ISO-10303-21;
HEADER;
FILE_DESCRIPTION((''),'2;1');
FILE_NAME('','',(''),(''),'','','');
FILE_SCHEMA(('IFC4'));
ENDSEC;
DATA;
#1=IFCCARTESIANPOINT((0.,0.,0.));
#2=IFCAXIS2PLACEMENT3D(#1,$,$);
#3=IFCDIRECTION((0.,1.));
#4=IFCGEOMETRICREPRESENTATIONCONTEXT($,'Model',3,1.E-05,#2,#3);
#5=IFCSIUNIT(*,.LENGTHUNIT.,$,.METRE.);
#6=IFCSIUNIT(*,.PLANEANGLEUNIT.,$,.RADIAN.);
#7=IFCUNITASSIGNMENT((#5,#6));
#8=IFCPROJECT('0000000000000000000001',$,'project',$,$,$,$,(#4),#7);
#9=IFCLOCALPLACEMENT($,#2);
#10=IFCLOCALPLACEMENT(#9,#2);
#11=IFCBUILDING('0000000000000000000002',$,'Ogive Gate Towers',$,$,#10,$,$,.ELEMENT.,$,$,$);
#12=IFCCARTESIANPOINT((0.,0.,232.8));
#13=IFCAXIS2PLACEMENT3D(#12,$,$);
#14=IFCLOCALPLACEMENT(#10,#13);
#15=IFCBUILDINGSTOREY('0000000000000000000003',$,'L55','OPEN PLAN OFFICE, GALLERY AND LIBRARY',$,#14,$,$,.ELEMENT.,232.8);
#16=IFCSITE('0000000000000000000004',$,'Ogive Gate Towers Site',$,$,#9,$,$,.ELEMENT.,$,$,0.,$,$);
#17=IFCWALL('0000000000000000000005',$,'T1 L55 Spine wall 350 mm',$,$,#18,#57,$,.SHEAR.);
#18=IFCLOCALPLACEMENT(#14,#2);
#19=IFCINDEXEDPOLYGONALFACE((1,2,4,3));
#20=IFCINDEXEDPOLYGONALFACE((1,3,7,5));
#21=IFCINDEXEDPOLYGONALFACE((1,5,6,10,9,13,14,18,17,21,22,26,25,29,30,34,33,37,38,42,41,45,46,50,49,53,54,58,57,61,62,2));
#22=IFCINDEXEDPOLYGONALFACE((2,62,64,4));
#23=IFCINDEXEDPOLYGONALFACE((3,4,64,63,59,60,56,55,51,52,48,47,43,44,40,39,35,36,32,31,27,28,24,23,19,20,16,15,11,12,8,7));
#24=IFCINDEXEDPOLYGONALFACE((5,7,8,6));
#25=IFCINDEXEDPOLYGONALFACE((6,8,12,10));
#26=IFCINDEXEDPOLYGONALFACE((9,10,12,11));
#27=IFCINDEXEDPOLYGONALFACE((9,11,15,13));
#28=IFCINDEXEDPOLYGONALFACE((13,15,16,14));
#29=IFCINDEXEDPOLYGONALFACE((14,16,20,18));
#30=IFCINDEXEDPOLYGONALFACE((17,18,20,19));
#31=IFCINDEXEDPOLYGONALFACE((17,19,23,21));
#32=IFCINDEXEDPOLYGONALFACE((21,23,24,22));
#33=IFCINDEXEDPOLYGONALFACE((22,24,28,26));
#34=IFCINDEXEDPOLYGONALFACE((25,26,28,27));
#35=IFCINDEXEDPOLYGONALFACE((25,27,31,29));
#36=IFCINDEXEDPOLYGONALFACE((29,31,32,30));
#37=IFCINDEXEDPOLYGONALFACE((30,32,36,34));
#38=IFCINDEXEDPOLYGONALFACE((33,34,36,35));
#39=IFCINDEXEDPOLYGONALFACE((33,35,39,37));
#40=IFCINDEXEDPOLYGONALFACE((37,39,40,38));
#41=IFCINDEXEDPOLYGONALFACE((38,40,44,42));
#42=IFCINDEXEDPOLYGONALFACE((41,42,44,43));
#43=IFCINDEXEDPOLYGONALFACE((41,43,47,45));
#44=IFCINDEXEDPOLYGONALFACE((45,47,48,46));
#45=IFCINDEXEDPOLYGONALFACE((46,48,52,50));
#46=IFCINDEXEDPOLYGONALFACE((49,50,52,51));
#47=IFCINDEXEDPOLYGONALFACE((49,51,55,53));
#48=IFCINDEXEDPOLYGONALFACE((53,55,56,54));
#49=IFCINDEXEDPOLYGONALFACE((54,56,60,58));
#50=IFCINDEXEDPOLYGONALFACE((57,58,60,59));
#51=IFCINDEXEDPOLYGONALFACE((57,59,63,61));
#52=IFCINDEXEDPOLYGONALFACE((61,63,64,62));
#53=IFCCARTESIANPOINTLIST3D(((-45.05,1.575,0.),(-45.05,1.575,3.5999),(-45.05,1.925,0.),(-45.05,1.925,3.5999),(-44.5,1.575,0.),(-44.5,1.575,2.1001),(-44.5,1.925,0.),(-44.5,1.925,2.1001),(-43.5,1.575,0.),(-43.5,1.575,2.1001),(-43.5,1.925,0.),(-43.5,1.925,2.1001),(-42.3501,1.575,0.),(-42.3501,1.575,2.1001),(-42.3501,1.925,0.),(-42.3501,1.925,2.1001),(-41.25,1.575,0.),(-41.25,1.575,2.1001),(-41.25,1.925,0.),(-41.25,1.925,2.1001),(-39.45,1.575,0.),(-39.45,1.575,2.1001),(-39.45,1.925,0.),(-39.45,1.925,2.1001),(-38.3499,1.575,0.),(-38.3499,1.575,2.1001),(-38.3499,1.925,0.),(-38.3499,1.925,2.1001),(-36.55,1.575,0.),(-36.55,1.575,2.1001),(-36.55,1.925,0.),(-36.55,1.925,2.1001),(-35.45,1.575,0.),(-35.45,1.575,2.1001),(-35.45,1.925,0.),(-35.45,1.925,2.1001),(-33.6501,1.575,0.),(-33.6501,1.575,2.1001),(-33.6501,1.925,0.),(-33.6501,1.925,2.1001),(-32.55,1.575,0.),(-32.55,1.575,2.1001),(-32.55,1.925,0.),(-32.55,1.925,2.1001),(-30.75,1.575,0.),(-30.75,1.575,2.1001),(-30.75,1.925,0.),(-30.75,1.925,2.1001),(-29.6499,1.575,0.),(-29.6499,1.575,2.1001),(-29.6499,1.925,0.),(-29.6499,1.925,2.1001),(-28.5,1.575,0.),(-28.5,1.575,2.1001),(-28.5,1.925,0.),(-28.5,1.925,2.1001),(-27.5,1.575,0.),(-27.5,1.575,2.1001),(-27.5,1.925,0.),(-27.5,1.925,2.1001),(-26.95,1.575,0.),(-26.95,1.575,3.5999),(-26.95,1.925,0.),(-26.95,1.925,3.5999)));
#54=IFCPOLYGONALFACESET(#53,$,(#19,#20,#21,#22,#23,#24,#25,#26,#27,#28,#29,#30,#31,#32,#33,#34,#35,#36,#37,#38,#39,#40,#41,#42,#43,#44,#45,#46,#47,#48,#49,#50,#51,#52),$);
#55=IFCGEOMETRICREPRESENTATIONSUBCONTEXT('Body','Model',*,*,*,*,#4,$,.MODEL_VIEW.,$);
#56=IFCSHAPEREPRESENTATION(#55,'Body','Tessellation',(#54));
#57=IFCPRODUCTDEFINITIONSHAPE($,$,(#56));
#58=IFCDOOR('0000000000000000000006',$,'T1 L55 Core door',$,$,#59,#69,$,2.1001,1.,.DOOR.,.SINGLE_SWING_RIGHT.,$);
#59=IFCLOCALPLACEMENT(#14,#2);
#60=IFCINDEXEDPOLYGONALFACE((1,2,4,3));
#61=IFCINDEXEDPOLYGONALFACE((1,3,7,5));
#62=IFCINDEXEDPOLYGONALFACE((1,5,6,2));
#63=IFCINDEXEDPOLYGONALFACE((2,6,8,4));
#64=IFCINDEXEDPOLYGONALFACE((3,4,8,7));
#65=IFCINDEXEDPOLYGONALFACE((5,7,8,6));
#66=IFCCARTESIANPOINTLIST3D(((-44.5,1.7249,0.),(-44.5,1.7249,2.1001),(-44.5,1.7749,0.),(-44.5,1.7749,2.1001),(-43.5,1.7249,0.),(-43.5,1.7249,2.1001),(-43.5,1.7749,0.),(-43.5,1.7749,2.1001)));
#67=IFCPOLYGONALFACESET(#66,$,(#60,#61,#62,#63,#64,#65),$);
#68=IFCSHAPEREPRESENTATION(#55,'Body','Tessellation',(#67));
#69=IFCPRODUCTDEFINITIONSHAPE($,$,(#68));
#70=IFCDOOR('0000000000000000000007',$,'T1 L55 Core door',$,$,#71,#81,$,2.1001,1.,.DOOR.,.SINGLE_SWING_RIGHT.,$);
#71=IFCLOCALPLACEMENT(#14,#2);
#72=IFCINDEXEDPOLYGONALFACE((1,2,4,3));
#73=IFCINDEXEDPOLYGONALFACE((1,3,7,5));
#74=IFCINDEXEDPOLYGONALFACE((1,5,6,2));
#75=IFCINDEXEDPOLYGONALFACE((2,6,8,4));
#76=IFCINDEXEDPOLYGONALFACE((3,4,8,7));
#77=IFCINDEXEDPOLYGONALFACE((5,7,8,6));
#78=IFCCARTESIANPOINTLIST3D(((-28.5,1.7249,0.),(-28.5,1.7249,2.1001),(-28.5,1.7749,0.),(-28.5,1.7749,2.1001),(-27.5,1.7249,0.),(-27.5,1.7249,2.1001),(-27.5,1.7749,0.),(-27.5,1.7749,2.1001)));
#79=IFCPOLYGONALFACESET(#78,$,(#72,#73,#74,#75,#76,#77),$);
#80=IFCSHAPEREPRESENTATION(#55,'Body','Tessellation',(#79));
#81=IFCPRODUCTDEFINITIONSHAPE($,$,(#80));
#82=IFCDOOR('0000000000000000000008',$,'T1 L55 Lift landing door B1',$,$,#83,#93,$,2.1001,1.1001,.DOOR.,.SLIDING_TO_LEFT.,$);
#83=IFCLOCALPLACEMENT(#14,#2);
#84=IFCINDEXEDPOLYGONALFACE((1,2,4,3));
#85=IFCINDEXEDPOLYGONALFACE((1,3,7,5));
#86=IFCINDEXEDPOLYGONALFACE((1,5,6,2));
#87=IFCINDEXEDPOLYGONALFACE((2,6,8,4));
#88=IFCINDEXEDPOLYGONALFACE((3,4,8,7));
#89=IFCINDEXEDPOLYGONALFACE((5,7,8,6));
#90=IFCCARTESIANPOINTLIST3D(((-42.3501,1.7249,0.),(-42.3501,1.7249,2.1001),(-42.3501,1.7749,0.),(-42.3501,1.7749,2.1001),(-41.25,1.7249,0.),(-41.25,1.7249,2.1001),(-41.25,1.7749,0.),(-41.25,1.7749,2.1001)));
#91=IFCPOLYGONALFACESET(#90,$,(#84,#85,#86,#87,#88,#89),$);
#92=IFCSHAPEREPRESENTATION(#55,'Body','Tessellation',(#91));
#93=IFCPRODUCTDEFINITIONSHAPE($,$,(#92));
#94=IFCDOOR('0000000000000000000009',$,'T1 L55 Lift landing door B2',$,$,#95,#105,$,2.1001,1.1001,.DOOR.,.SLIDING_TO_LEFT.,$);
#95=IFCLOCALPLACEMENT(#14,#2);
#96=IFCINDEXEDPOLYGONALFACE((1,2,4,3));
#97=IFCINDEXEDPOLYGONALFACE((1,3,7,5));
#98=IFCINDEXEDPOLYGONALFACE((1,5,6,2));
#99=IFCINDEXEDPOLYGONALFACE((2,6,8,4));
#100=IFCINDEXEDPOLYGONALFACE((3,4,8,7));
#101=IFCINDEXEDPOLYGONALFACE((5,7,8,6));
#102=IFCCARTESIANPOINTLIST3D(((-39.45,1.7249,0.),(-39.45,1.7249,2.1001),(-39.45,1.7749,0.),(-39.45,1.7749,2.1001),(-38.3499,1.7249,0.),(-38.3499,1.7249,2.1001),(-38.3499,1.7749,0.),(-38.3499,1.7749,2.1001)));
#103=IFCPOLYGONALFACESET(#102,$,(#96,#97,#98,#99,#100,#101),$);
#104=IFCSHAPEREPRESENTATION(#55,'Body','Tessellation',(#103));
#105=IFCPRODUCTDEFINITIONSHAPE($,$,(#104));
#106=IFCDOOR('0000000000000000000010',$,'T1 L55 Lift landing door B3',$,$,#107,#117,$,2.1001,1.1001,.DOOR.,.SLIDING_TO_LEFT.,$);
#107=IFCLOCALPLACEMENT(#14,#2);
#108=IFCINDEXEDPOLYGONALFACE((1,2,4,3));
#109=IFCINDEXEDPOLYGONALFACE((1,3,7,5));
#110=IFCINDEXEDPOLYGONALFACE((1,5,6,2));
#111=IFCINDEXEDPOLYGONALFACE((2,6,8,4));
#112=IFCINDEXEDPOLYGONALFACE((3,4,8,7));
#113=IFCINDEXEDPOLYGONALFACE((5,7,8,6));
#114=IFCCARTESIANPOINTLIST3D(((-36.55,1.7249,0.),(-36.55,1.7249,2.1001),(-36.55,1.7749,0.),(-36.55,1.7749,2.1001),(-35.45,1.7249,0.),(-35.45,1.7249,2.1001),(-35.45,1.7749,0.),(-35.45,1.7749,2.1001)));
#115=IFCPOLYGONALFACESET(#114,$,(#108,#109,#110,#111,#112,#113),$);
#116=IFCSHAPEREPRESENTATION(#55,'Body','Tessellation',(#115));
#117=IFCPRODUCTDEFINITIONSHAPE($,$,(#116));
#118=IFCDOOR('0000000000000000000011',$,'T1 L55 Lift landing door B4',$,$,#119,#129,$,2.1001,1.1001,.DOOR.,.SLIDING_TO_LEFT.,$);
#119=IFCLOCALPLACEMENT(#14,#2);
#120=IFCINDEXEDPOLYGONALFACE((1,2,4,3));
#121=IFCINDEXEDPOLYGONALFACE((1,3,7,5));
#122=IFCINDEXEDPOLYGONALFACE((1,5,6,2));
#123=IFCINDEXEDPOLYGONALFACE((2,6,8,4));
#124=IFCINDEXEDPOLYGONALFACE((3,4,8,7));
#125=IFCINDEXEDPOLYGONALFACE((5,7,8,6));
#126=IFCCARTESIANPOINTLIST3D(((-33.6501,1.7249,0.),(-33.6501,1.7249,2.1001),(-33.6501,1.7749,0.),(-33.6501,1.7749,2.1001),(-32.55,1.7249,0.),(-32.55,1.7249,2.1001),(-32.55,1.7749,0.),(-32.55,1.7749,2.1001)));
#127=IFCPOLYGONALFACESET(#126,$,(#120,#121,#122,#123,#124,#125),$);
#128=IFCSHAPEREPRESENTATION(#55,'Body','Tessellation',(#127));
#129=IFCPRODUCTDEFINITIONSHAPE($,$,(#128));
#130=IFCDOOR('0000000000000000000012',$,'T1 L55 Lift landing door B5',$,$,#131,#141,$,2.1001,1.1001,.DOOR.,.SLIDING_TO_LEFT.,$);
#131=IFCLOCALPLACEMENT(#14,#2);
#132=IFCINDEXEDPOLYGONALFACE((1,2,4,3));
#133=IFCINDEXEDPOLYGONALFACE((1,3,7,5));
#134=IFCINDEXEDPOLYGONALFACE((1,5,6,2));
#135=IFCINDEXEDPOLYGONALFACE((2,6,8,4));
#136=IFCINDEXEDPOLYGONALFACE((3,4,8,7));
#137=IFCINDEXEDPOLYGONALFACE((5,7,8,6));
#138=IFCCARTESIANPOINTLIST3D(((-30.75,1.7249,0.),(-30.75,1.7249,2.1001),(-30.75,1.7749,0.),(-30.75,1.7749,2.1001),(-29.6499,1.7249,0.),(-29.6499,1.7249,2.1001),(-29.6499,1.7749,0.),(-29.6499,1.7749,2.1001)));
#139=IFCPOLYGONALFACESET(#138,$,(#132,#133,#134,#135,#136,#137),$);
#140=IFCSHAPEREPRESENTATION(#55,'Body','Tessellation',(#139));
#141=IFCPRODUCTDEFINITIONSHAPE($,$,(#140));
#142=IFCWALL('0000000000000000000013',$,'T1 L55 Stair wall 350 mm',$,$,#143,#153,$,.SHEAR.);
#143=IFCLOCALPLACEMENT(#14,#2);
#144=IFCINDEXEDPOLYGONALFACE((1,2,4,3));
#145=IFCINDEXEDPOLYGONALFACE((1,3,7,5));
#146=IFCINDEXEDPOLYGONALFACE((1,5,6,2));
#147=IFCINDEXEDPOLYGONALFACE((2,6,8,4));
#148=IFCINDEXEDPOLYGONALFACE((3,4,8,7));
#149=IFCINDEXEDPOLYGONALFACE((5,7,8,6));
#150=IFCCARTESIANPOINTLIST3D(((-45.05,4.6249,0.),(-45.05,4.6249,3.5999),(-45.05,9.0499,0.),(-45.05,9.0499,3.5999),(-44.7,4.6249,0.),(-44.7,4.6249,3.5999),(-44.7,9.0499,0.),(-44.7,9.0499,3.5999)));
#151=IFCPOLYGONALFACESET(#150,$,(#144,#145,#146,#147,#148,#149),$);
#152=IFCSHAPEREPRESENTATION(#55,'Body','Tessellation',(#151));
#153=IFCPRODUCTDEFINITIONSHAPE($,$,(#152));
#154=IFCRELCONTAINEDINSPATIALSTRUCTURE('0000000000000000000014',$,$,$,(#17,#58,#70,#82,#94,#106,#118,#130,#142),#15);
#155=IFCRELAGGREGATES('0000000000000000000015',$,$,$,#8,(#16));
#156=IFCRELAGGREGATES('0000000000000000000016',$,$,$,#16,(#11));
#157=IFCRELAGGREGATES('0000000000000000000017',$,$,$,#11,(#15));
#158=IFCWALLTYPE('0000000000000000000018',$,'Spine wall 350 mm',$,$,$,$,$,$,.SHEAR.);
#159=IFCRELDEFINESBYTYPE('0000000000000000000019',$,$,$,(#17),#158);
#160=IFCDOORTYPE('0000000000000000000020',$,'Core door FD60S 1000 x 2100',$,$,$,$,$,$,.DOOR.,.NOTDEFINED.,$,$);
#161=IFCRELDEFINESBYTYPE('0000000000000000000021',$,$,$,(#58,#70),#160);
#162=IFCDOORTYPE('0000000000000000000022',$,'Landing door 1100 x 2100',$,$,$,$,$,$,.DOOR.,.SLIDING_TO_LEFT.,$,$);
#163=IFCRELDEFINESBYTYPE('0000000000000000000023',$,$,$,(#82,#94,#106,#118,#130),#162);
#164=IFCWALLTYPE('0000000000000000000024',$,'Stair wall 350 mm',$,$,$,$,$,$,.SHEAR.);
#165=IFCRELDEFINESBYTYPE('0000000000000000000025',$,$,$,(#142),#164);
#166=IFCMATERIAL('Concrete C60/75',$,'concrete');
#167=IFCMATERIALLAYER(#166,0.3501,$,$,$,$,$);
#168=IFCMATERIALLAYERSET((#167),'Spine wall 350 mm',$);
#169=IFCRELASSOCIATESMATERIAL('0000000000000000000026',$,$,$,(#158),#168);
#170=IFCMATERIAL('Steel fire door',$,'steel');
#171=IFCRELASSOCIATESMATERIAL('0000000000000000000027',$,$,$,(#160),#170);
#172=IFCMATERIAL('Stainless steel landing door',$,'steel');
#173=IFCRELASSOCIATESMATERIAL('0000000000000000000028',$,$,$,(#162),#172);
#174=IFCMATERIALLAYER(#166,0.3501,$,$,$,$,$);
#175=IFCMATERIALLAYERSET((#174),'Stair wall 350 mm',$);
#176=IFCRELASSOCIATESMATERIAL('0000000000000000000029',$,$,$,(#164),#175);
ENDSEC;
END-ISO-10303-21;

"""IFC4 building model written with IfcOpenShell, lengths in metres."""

from ifc_helpers import new_model, si_unit, direction, frame, frame_2d, origin, place, context, subcontext, project, spatial, rectangle, extrude, material, layer, layer_set, type_object, element, fill, save


model = new_model("IFC4")

# Units and contexts
model_context = context("Model", 3, precision=1e-05, world=origin(), true_north=direction((0.0, 1.0)))
body_context = subcontext(model_context, "Body", "Model", "MODEL_VIEW")
ifc_project = project(units=[si_unit("LENGTHUNIT", "METRE"), si_unit("PLANEANGLEUNIT", "RADIAN")], contexts=[model_context])

# Site, building, storey
site_placement = place(None, origin())
site = spatial("IfcSite", under=ifc_project, at=site_placement, Name="Ogive Gate Towers Site", CompositionType="ELEMENT", RefElevation=0.0)
building_placement = place(site_placement, origin())
building = spatial("IfcBuilding", under=site, at=building_placement, Name="Ogive Gate Towers", CompositionType="ELEMENT")
storey_placement = place(building_placement, frame((0.0, 0.0, 232.8)))
storey = spatial("IfcBuildingStorey", under=building, at=storey_placement, Name="L55", Description="OPEN PLAN OFFICE, GALLERY AND LIBRARY", CompositionType="ELEMENT", Elevation=232.8)

# Shared definitions
ifc_material_1 = material(Name="Concrete C60/75", Category="concrete")

# Shared definitions
ifc_material_2 = material(Name="Steel fire door", Category="steel")

# Wall, openings, doors
ifc_layer_1 = layer(ifc_material_1, 0.3501)
ifc_layer_set_1 = layer_set([ifc_layer_1], Name="Spine wall 350 mm")
wall_type_1 = type_object("IfcWallType", Name="Spine wall 350 mm", PredefinedType="SHEAR", material=ifc_layer_set_1)
wall_1_placement = place(storey_placement, frame((-45.05, 1.75, 0.0), z_axis=(0.0, 0.0, 1.0), x_axis=(1.0, 0.0, 0.0)))
wall_1 = element("IfcWall", 1, at=wall_1_placement, inside=storey, type_object=wall_type_1, Name="T1 L55 Spine wall 350 mm", PredefinedType="SHEAR", context=body_context, shape_type="SweptSolid", body=[
    extrude(rectangle(XDim=18.1001, YDim=0.3501, at=frame_2d((9.05, 0.0))), origin(), (0.0, 0.0, 1.0), 3.5999),
])
opening_1_placement = place(wall_1_placement, frame((0.55, 0.0, 0.0)))
opening_1 = element("IfcOpeningElement", 2, at=opening_1_placement, cuts=wall_1, PredefinedType="OPENING", context=body_context, shape_type="SweptSolid", body=[
    extrude(rectangle(XDim=1.0, YDim=2.1001, at=frame_2d((0.5, 1.05))), frame((0.0, 0.1851, 0.0), z_axis=(0.0, -1.0, 0.0), x_axis=(1.0, 0.0, 0.0)), (0.0, 0.0, 1.0), 0.3701),
])
opening_2_placement = place(wall_1_placement, frame((2.7, 0.0, 0.0)))
opening_2 = element("IfcOpeningElement", 3, at=opening_2_placement, cuts=wall_1, PredefinedType="OPENING", context=body_context, shape_type="SweptSolid", body=[
    extrude(rectangle(XDim=1.1001, YDim=2.1001, at=frame_2d((0.55, 1.05))), frame((0.0, 0.1851, 0.0), z_axis=(0.0, -1.0, 0.0), x_axis=(1.0, 0.0, 0.0)), (0.0, 0.0, 1.0), 0.3701),
])
opening_3_placement = place(wall_1_placement, frame((5.6001, 0.0, 0.0)))
opening_3 = element("IfcOpeningElement", 4, at=opening_3_placement, cuts=wall_1, PredefinedType="OPENING", context=body_context, shape_type="SweptSolid", body=[
    extrude(rectangle(XDim=1.1001, YDim=2.1001, at=frame_2d((0.55, 1.05))), frame((0.0, 0.1851, 0.0), z_axis=(0.0, -1.0, 0.0), x_axis=(1.0, 0.0, 0.0)), (0.0, 0.0, 1.0), 0.3701),
])
opening_4_placement = place(wall_1_placement, frame((8.5, 0.0, 0.0)))
opening_4 = element("IfcOpeningElement", 5, at=opening_4_placement, cuts=wall_1, PredefinedType="OPENING", context=body_context, shape_type="SweptSolid", body=[
    extrude(rectangle(XDim=1.1001, YDim=2.1001, at=frame_2d((0.55, 1.05))), frame((0.0, 0.1851, 0.0), z_axis=(0.0, -1.0, 0.0), x_axis=(1.0, 0.0, 0.0)), (0.0, 0.0, 1.0), 0.3701),
])
opening_5_placement = place(wall_1_placement, frame((11.3999, 0.0, 0.0)))
opening_5 = element("IfcOpeningElement", 6, at=opening_5_placement, cuts=wall_1, PredefinedType="OPENING", context=body_context, shape_type="SweptSolid", body=[
    extrude(rectangle(XDim=1.1001, YDim=2.1001, at=frame_2d((0.55, 1.05))), frame((0.0, 0.1851, 0.0), z_axis=(0.0, -1.0, 0.0), x_axis=(1.0, 0.0, 0.0)), (0.0, 0.0, 1.0), 0.3701),
])
opening_6_placement = place(wall_1_placement, frame((14.3, 0.0, 0.0)))
opening_6 = element("IfcOpeningElement", 7, at=opening_6_placement, cuts=wall_1, PredefinedType="OPENING", context=body_context, shape_type="SweptSolid", body=[
    extrude(rectangle(XDim=1.1001, YDim=2.1001, at=frame_2d((0.55, 1.05))), frame((0.0, 0.1851, 0.0), z_axis=(0.0, -1.0, 0.0), x_axis=(1.0, 0.0, 0.0)), (0.0, 0.0, 1.0), 0.3701),
])
opening_7_placement = place(wall_1_placement, frame((16.55, 0.0, 0.0)))
opening_7 = element("IfcOpeningElement", 8, at=opening_7_placement, cuts=wall_1, PredefinedType="OPENING", context=body_context, shape_type="SweptSolid", body=[
    extrude(rectangle(XDim=1.0, YDim=2.1001, at=frame_2d((0.5, 1.05))), frame((0.0, 0.1851, 0.0), z_axis=(0.0, -1.0, 0.0), x_axis=(1.0, 0.0, 0.0)), (0.0, 0.0, 1.0), 0.3701),
])
door_type_1 = type_object("IfcDoorType", Name="Core door FD60S 1000 x 2100", OperationType="NOTDEFINED", PredefinedType="DOOR", material=ifc_material_2)
door_1_placement = place(opening_1_placement, origin())
door_1 = element("IfcDoor", 9, at=door_1_placement, inside=storey, type_object=door_type_1, Name="T1 L55 Core door", OperationType="SINGLE_SWING_RIGHT", OverallHeight=2.1001, OverallWidth=1.0, PredefinedType="DOOR", context=body_context, shape_type="SweptSolid", body=[
    extrude(rectangle(XDim=1.0, YDim=2.1001, at=frame_2d((0.5, 1.05))), frame((0.0, 0.0249, 0.0), z_axis=(0.0, -1.0, 0.0), x_axis=(1.0, 0.0, 0.0)), (0.0, 0.0, 1.0), 0.05),
])
fill(opening_1, door_1)
door_2_placement = place(opening_7_placement, origin())
door_2 = element("IfcDoor", 10, at=door_2_placement, inside=storey, type_object=door_type_1, Name="T1 L55 Core door", OperationType="SINGLE_SWING_RIGHT", OverallHeight=2.1001, OverallWidth=1.0, PredefinedType="DOOR", context=body_context, shape_type="SweptSolid", body=[
    extrude(rectangle(XDim=1.0, YDim=2.1001, at=frame_2d((0.5, 1.05))), frame((0.0, 0.0249, 0.0), z_axis=(0.0, -1.0, 0.0), x_axis=(1.0, 0.0, 0.0)), (0.0, 0.0, 1.0), 0.05),
])
fill(opening_7, door_2)
ifc_material_3 = material(Name="Stainless steel landing door", Category="steel")
door_type_2 = type_object("IfcDoorType", Name="Landing door 1100 x 2100", OperationType="SLIDING_TO_LEFT", PredefinedType="DOOR", material=ifc_material_3)
door_3_placement = place(opening_2_placement, origin())
door_3 = element("IfcDoor", 11, at=door_3_placement, inside=storey, type_object=door_type_2, Name="T1 L55 Lift landing door B1", OperationType="SLIDING_TO_LEFT", OverallHeight=2.1001, OverallWidth=1.1001, PredefinedType="DOOR", context=body_context, shape_type="SweptSolid", body=[
    extrude(rectangle(XDim=1.1001, YDim=2.1001, at=frame_2d((0.55, 1.05))), frame((0.0, 0.0249, 0.0), z_axis=(0.0, -1.0, 0.0), x_axis=(1.0, 0.0, 0.0)), (0.0, 0.0, 1.0), 0.05),
])
fill(opening_2, door_3)
door_4_placement = place(opening_3_placement, origin())
door_4 = element("IfcDoor", 12, at=door_4_placement, inside=storey, type_object=door_type_2, Name="T1 L55 Lift landing door B2", OperationType="SLIDING_TO_LEFT", OverallHeight=2.1001, OverallWidth=1.1001, PredefinedType="DOOR", context=body_context, shape_type="SweptSolid", body=[
    extrude(rectangle(XDim=1.1001, YDim=2.1001, at=frame_2d((0.55, 1.05))), frame((0.0, 0.0249, 0.0), z_axis=(0.0, -1.0, 0.0), x_axis=(1.0, 0.0, 0.0)), (0.0, 0.0, 1.0), 0.05),
])
fill(opening_3, door_4)
door_5_placement = place(opening_4_placement, origin())
door_5 = element("IfcDoor", 13, at=door_5_placement, inside=storey, type_object=door_type_2, Name="T1 L55 Lift landing door B3", OperationType="SLIDING_TO_LEFT", OverallHeight=2.1001, OverallWidth=1.1001, PredefinedType="DOOR", context=body_context, shape_type="SweptSolid", body=[
    extrude(rectangle(XDim=1.1001, YDim=2.1001, at=frame_2d((0.55, 1.05))), frame((0.0, 0.0249, 0.0), z_axis=(0.0, -1.0, 0.0), x_axis=(1.0, 0.0, 0.0)), (0.0, 0.0, 1.0), 0.05),
])
fill(opening_4, door_5)
door_6_placement = place(opening_5_placement, origin())
door_6 = element("IfcDoor", 14, at=door_6_placement, inside=storey, type_object=door_type_2, Name="T1 L55 Lift landing door B4", OperationType="SLIDING_TO_LEFT", OverallHeight=2.1001, OverallWidth=1.1001, PredefinedType="DOOR", context=body_context, shape_type="SweptSolid", body=[
    extrude(rectangle(XDim=1.1001, YDim=2.1001, at=frame_2d((0.55, 1.05))), frame((0.0, 0.0249, 0.0), z_axis=(0.0, -1.0, 0.0), x_axis=(1.0, 0.0, 0.0)), (0.0, 0.0, 1.0), 0.05),
])
fill(opening_5, door_6)
door_7_placement = place(opening_6_placement, origin())
door_7 = element("IfcDoor", 15, at=door_7_placement, inside=storey, type_object=door_type_2, Name="T1 L55 Lift landing door B5", OperationType="SLIDING_TO_LEFT", OverallHeight=2.1001, OverallWidth=1.1001, PredefinedType="DOOR", context=body_context, shape_type="SweptSolid", body=[
    extrude(rectangle(XDim=1.1001, YDim=2.1001, at=frame_2d((0.55, 1.05))), frame((0.0, 0.0249, 0.0), z_axis=(0.0, -1.0, 0.0), x_axis=(1.0, 0.0, 0.0)), (0.0, 0.0, 1.0), 0.05),
])
fill(opening_6, door_7)

# Wall
ifc_layer_2 = layer(ifc_material_1, 0.3501)
ifc_layer_set_2 = layer_set([ifc_layer_2], Name="Stair wall 350 mm")
wall_type_2 = type_object("IfcWallType", Name="Stair wall 350 mm", PredefinedType="SHEAR", material=ifc_layer_set_2)
wall_2_placement = place(storey_placement, frame((-44.875, 4.625, 0.0), z_axis=(0.0, 0.0, 1.0), x_axis=(0.0, 1.0, 0.0)))
element("IfcWall", 16, at=wall_2_placement, inside=storey, type_object=wall_type_2, Name="T1 L55 Stair wall 350 mm", PredefinedType="SHEAR", context=body_context, shape_type="SweptSolid", body=[
    extrude(rectangle(XDim=4.425, YDim=0.3501, at=frame_2d((2.2124, 0.0))), origin(), (0.0, 0.0, 1.0), 3.5999),
])

save(model, "model.ifc")
